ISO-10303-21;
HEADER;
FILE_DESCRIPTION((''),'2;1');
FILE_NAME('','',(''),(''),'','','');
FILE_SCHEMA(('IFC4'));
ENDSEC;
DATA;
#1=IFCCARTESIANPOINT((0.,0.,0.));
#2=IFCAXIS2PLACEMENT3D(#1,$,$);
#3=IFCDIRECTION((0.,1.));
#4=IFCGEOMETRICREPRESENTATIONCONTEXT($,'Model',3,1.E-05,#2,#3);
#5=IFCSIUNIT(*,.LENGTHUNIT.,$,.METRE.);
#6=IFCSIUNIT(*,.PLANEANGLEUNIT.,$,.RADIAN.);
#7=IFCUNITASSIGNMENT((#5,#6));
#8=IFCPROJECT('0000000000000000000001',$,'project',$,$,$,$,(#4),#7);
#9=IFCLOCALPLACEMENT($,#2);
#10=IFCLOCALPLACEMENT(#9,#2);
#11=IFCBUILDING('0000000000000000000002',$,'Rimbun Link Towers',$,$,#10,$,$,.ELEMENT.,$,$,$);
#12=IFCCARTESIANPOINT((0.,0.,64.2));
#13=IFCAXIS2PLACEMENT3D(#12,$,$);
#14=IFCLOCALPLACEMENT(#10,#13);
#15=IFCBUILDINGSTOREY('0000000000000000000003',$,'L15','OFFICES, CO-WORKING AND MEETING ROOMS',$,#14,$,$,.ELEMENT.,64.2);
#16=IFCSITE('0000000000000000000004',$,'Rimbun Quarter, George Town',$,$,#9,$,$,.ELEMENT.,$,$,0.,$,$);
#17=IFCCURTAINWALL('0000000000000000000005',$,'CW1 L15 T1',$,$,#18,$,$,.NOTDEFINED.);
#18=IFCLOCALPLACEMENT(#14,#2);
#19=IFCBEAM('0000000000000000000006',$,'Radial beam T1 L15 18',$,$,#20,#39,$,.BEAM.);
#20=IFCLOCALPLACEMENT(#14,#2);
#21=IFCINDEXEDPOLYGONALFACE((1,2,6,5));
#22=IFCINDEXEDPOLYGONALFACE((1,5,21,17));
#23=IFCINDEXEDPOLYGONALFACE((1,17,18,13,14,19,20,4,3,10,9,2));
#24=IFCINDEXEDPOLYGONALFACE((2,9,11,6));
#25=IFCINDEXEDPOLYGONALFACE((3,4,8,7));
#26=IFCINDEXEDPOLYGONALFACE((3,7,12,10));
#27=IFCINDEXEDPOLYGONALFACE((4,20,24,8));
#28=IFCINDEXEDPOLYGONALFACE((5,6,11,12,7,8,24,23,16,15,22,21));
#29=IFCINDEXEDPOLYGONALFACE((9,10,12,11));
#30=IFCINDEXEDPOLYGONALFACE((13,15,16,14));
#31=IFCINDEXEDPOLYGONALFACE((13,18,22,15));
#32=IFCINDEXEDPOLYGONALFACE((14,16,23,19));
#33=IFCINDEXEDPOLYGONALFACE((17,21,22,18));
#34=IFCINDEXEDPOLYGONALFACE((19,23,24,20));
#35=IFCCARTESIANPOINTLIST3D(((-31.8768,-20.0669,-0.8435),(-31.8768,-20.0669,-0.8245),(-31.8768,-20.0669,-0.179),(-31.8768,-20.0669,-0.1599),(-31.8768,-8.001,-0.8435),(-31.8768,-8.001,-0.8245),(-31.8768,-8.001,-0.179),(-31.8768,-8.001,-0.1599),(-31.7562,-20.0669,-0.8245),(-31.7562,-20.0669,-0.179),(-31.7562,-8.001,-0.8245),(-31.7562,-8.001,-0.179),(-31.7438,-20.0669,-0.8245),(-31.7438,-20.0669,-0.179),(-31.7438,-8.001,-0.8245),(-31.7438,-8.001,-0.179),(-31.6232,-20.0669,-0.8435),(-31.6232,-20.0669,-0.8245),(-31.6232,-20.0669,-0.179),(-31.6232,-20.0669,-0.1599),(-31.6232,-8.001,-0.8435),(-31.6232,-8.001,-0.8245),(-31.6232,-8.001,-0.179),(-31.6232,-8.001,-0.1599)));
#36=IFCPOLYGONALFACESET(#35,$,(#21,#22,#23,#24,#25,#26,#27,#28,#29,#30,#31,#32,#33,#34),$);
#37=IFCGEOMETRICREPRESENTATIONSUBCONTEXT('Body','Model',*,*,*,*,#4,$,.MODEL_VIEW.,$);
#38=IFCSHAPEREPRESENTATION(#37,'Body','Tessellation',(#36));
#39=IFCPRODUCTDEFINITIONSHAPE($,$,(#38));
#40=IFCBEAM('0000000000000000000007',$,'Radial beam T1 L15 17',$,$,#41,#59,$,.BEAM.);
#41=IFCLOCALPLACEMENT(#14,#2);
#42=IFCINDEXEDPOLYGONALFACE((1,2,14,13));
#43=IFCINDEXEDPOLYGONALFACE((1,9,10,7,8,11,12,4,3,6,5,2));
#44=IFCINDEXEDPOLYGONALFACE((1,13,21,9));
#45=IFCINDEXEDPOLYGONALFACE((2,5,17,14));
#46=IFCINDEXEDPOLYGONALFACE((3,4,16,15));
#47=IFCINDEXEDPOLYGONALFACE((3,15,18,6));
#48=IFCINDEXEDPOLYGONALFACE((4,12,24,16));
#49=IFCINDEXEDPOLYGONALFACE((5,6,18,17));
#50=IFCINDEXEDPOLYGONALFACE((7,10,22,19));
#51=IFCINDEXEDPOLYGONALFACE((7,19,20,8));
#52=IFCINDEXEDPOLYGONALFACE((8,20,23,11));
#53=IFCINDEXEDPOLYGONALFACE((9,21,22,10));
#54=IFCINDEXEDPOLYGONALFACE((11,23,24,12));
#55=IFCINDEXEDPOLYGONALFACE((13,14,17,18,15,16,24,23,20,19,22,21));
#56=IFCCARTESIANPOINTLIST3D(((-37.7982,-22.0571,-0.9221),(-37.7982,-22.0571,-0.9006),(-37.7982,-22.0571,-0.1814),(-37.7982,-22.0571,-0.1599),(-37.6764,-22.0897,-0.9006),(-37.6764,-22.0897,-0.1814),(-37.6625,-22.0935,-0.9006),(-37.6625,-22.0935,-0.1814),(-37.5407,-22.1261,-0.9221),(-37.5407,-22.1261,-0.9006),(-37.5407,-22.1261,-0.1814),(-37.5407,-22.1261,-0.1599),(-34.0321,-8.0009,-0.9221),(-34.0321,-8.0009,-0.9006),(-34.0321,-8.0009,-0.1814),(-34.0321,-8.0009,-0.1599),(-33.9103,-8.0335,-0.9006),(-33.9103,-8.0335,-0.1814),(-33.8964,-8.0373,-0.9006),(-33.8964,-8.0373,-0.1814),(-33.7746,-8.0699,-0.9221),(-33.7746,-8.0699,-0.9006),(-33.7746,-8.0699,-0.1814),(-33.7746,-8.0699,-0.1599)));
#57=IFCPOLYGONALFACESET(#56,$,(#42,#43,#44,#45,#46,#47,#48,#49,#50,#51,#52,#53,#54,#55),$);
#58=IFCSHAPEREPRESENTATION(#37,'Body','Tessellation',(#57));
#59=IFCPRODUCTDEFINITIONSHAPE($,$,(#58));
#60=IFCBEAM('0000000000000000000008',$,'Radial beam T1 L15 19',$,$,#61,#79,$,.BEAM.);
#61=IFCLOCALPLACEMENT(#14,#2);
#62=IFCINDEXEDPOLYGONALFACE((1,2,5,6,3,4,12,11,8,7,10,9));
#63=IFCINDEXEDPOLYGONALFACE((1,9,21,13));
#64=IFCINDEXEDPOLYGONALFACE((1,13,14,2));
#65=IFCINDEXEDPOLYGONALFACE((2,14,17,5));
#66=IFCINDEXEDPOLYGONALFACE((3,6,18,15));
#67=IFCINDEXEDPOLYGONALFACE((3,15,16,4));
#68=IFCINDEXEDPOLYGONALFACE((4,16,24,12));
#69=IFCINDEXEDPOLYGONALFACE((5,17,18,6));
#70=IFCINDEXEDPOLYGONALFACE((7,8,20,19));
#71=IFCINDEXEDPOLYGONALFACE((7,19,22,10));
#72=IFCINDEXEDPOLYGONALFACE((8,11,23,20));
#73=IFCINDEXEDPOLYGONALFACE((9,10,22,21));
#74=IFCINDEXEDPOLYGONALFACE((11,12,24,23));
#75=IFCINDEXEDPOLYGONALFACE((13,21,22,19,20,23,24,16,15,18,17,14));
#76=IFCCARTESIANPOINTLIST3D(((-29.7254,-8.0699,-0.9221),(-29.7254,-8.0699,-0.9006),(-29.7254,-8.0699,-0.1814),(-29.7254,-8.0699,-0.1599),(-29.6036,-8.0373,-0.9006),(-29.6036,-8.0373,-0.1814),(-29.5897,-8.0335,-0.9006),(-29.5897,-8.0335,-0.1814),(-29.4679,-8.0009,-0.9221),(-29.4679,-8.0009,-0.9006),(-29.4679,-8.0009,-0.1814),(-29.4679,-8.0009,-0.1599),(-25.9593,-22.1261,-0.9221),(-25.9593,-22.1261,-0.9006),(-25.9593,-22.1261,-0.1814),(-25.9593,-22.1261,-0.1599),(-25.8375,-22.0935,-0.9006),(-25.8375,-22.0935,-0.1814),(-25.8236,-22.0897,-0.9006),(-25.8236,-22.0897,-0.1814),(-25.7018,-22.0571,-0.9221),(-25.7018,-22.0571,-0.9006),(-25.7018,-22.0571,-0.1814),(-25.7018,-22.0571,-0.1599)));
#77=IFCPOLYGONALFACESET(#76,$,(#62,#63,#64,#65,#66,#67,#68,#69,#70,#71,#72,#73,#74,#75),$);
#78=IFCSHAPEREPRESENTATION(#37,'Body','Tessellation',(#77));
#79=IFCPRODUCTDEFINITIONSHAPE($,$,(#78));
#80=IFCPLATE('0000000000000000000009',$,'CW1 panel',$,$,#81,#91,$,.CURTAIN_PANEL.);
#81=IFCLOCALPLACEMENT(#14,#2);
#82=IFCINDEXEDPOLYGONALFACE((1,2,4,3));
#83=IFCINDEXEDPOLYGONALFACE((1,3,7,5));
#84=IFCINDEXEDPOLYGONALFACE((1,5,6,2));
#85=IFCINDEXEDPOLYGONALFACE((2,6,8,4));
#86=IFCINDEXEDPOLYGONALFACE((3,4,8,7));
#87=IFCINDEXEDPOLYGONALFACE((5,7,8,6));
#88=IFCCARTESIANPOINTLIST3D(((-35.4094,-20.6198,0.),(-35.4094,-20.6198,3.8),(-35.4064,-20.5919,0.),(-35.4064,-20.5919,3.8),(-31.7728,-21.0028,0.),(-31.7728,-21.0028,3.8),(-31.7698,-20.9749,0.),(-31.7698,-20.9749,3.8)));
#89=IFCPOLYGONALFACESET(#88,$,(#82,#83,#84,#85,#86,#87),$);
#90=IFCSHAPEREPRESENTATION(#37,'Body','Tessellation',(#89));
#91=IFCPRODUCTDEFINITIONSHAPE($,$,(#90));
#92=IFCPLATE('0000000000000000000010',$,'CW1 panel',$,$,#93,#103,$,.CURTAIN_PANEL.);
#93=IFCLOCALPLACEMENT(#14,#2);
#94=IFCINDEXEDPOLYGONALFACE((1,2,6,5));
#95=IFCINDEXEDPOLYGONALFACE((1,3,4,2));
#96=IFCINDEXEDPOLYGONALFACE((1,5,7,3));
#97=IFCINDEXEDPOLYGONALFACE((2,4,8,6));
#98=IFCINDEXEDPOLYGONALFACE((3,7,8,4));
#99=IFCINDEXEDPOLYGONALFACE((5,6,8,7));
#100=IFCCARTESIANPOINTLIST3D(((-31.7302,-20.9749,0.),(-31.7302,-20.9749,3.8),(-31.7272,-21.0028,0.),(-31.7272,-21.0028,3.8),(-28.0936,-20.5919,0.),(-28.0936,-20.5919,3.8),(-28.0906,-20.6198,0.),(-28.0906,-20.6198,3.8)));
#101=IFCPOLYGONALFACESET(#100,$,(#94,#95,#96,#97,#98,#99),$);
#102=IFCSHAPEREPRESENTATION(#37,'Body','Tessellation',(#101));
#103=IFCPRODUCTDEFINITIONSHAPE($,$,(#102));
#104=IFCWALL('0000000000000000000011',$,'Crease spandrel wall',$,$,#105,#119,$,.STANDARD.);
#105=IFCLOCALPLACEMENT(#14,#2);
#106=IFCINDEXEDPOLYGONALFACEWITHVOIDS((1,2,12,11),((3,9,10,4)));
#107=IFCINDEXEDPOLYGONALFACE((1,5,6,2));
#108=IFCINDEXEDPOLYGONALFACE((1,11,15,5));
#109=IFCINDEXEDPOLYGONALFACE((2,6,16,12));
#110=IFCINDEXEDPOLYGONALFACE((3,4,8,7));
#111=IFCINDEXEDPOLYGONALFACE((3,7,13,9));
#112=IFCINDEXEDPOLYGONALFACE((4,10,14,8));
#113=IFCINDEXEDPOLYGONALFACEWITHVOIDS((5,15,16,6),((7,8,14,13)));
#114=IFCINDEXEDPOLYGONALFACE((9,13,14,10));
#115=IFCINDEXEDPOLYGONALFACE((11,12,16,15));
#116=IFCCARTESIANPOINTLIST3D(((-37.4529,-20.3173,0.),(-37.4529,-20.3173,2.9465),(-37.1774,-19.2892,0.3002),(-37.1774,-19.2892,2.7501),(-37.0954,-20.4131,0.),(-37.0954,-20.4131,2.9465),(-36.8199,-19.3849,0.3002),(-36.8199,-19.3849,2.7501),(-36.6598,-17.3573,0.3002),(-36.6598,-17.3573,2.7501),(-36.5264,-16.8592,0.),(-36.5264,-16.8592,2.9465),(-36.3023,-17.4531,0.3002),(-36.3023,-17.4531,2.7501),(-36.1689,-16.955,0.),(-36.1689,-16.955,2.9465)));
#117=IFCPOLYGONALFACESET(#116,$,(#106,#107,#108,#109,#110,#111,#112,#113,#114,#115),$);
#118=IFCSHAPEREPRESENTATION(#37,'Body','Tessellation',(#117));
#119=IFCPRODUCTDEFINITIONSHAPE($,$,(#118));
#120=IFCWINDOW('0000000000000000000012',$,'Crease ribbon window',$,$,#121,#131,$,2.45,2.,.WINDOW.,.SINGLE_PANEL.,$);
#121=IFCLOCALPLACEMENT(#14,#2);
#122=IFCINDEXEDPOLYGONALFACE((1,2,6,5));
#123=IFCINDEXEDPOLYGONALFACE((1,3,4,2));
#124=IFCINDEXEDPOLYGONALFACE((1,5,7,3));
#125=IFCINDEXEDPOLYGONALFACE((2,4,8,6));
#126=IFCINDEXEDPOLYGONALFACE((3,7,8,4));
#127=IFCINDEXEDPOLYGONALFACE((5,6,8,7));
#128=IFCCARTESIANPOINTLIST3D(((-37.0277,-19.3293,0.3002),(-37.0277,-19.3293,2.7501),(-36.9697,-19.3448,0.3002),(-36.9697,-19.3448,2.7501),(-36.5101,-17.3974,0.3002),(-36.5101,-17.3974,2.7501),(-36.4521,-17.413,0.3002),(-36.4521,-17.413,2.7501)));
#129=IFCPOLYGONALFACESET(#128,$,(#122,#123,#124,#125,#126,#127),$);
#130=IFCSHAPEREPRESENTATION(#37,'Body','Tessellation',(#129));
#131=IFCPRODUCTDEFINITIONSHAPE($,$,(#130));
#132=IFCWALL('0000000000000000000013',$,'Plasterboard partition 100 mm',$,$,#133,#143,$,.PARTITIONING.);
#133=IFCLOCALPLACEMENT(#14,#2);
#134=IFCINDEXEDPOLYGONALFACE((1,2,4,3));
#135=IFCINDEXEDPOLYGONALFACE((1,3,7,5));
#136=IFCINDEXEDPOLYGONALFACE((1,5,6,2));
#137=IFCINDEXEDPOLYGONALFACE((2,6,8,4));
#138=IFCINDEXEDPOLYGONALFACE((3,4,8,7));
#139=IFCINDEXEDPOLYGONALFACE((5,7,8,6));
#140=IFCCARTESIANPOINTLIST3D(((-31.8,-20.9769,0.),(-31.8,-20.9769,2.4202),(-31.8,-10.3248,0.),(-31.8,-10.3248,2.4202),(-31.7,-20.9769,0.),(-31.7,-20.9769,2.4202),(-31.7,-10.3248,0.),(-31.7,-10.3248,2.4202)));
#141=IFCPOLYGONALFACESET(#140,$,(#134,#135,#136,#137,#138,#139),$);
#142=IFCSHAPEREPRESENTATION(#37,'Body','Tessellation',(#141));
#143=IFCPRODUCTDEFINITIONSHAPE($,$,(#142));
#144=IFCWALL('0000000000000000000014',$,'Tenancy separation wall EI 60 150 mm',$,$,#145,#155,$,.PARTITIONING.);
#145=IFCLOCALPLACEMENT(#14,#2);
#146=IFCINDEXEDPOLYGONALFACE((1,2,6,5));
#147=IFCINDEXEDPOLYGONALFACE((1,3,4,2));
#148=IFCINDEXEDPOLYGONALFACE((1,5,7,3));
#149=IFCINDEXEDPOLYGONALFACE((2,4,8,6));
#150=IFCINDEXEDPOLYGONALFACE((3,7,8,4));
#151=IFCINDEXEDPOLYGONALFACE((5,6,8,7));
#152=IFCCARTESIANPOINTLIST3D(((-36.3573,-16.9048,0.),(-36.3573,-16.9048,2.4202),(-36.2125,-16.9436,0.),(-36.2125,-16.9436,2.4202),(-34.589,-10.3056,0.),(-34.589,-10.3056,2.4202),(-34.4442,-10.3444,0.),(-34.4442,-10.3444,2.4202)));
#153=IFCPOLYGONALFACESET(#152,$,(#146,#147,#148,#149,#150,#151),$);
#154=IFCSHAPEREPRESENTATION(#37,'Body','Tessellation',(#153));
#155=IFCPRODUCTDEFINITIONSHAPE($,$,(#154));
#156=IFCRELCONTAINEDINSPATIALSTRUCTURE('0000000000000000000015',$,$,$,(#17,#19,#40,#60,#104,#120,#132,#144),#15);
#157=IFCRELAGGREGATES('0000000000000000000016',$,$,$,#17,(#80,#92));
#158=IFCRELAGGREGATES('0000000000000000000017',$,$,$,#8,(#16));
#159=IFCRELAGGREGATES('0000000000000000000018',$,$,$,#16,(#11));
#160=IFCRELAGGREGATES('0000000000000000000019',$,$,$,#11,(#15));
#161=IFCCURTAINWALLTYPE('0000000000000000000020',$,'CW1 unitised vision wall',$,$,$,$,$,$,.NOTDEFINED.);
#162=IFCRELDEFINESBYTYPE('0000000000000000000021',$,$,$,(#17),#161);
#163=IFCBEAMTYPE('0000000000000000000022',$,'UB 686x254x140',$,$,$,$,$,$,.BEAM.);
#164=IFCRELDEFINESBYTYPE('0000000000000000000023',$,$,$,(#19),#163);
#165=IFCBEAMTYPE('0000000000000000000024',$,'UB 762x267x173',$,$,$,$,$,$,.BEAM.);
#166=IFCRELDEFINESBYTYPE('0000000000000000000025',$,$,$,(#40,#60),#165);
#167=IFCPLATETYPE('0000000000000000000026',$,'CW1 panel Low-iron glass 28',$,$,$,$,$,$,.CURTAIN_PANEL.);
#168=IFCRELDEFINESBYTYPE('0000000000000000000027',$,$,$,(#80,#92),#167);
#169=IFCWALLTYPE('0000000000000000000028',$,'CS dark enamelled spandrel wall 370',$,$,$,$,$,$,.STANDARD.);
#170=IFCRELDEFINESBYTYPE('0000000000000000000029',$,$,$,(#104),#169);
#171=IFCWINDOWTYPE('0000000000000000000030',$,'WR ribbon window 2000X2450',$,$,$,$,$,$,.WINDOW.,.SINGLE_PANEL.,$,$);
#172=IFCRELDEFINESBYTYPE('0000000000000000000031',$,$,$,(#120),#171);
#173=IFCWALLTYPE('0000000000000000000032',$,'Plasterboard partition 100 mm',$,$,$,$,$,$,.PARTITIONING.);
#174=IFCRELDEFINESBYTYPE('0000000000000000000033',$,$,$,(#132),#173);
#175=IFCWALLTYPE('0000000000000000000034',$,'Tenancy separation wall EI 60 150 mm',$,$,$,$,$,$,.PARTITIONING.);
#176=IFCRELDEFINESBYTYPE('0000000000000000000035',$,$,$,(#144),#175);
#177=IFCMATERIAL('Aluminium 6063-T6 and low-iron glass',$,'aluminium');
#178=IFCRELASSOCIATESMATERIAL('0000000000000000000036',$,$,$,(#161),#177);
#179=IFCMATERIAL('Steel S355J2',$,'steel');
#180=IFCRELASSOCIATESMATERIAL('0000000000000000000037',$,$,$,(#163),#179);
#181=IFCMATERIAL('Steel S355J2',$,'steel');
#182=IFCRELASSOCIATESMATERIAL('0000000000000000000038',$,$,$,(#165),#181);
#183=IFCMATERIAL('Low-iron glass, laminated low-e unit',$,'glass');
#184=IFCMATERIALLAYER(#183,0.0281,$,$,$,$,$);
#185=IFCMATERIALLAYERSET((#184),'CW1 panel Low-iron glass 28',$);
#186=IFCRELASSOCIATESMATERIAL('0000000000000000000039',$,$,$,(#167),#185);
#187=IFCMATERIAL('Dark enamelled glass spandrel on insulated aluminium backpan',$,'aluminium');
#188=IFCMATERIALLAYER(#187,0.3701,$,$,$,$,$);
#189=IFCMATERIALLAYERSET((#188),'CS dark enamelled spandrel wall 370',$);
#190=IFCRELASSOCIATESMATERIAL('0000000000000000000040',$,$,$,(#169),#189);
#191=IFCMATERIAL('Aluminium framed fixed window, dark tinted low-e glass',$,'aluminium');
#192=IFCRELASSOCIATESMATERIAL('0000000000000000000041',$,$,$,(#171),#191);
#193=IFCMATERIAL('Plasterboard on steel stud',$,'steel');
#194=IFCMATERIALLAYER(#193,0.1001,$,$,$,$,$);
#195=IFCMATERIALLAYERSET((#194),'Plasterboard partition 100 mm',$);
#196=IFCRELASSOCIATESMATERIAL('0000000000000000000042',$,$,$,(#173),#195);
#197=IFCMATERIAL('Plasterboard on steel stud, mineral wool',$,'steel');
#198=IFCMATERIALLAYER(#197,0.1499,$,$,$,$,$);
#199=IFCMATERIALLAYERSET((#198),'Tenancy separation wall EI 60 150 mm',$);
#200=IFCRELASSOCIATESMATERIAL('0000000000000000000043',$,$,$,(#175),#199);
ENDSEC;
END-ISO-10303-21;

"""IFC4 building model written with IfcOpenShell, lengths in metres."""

from ifc_helpers import new_model, si_unit, direction, frame, frame_2d, origin, origin_2d, place, context, subcontext, project, spatial, rectangle, i_section, extrude, material, layer, layer_set, material_profile, profile_set, type_object, element, fill, aggregate, save


model = new_model("IFC4")

# Units and contexts
model_context = context("Model", 3, precision=1e-05, world=origin(), true_north=direction((0.0, 1.0)))
body_context = subcontext(model_context, "Body", "Model", "MODEL_VIEW")
ifc_project = project(units=[si_unit("LENGTHUNIT", "METRE"), si_unit("PLANEANGLEUNIT", "RADIAN")], contexts=[model_context])

# Site, building, storey
site_placement = place(None, origin())
site = spatial("IfcSite", under=ifc_project, at=site_placement, Name="Rimbun Quarter, George Town", CompositionType="ELEMENT", RefElevation=0.0)
building_placement = place(site_placement, origin())
building = spatial("IfcBuilding", under=site, at=building_placement, Name="Rimbun Link Towers", CompositionType="ELEMENT")
storey_placement = place(building_placement, frame((0.0, 0.0, 64.2)))
storey = spatial("IfcBuildingStorey", under=building, at=storey_placement, Name="L15", Description="OFFICES, CO-WORKING AND MEETING ROOMS", CompositionType="ELEMENT", Elevation=64.2)

# Curtain wall
ifc_material_1 = material(Name="Aluminium 6063-T6 and low-iron glass", Category="aluminium")
curtain_wall_type = type_object("IfcCurtainWallType", Name="CW1 unitised vision wall", PredefinedType="NOTDEFINED", material=ifc_material_1)
curtain_wall_placement = place(storey_placement, origin())
curtain_wall = element("IfcCurtainWall", 1, at=curtain_wall_placement, inside=storey, type_object=curtain_wall_type, Name="CW1 L15 T1", PredefinedType="NOTDEFINED")

# Beams
ifc_material_2 = material(Name="Steel S355J2", Category="steel")
ifc_material_profile_1 = material_profile(ifc_material_2, i_section(OverallWidth=0.2537, OverallDepth=0.6836, WebThickness=0.0125, FlangeThickness=0.019, at=origin_2d()), Name="UB 686x254x140")
ifc_profile_set_1 = profile_set([ifc_material_profile_1], Name="Steel S355J2")
beam_type_1 = type_object("IfcBeamType", Name="UB 686x254x140", PredefinedType="BEAM", material=ifc_profile_set_1)
beam_1_placement = place(storey_placement, frame((-31.75, -8.001, -0.5017), z_axis=(0.0, -1.0, 0.0), x_axis=(1.0, 0.0, 0.0)))
element("IfcBeam", 2, at=beam_1_placement, inside=storey, type_object=beam_type_1, Name="Radial beam T1 L15 18", PredefinedType="BEAM", context=body_context, shape_type="SweptSolid", body=[
    extrude(i_section(OverallWidth=0.2537, OverallDepth=0.6836, WebThickness=0.0125, FlangeThickness=0.019, at=origin_2d()), origin(), (0.0, 0.0, 1.0), 12.0659),
])
ifc_material_3 = material(Name="Steel S355J2", Category="steel")
ifc_material_profile_2 = material_profile(ifc_material_3, i_section(OverallWidth=0.2666, OverallDepth=0.7622, WebThickness=0.0144, FlangeThickness=0.0215, at=origin_2d()), Name="UB 762x267x173")
ifc_profile_set_2 = profile_set([ifc_material_profile_2], Name="Steel S355J2")
beam_type_2 = type_object("IfcBeamType", Name="UB 762x267x173", PredefinedType="BEAM", material=ifc_profile_set_2)
for number, where, z_axis, x_axis, name in (
    (3, (-33.9033, -8.0354, -0.541), (-0.258805, -0.96593, 0.0), (0.96593, -0.258805, 0.0), "Radial beam T1 L15 17"),
    (4, (-29.5967, -8.0354, -0.541), (0.258805, -0.96593, 0.0), (0.96593, 0.258805, 0.0), "Radial beam T1 L15 19"),
):
    element("IfcBeam", number, at=place(storey_placement, frame(where, z_axis=z_axis, x_axis=x_axis)), inside=storey, type_object=beam_type_2, Name=name, PredefinedType="BEAM", context=body_context, shape_type="SweptSolid", body=[
        extrude(i_section(OverallWidth=0.2666, OverallDepth=0.7622, WebThickness=0.0144, FlangeThickness=0.0215, at=origin_2d()), origin(), (0.0, 0.0, 1.0), 14.552),
    ])

# Plates
ifc_material_4 = material(Name="Low-iron glass, laminated low-e unit", Category="glass")
ifc_layer_1 = layer(ifc_material_4, 0.0281)
ifc_layer_set_1 = layer_set([ifc_layer_1], Name="CW1 panel Low-iron glass 28")
plate_type = type_object("IfcPlateType", Name="CW1 panel Low-iron glass 28", PredefinedType="CURTAIN_PANEL", material=ifc_layer_set_1)
plate_1_placement = place(storey_placement, frame((-33.5896, -20.7974, 0.0), z_axis=(0.0, 0.0, 1.0), x_axis=(-0.9945, 0.104735, 0.0)))
plate_1 = element("IfcPlate", 5, at=plate_1_placement, type_object=plate_type, Name="CW1 panel", PredefinedType="CURTAIN_PANEL", context=body_context, shape_type="SweptSolid", body=[
    extrude(rectangle(XDim=3.6567, YDim=0.0281, at=origin_2d()), origin(), (0.0, 0.0, 1.0), 3.8),
])
plate_2_placement = place(storey_placement, frame((-29.9104, -20.7974, 0.0), z_axis=(0.0, 0.0, 1.0), x_axis=(-0.9945, -0.104735, 0.0)))
plate_2 = element("IfcPlate", 6, at=plate_2_placement, type_object=plate_type, Name="CW1 panel", PredefinedType="CURTAIN_PANEL", context=body_context, shape_type="SweptSolid", body=[
    extrude(rectangle(XDim=3.6567, YDim=0.0281, at=origin_2d()), origin(), (0.0, 0.0, 1.0), 3.8),
])
aggregate(curtain_wall, [plate_1, plate_2])

# Wall, opening, window
ifc_material_5 = material(Name="Dark enamelled glass spandrel on insulated aluminium backpan", Category="aluminium")
ifc_layer_2 = layer(ifc_material_5, 0.3701)
ifc_layer_set_2 = layer_set([ifc_layer_2], Name="CS dark enamelled spandrel wall 370")
wall_type_1 = type_object("IfcWallType", Name="CS dark enamelled spandrel wall 370", PredefinedType="STANDARD", material=ifc_layer_set_2)
wall_1_placement = place(storey_placement, frame((-37.2742, -20.3652, 0.0), z_axis=(0.0, 0.0, 1.0), x_axis=(0.258804, 0.96593, 0.0)))
wall_1 = element("IfcWall", 7, at=wall_1_placement, inside=storey, type_object=wall_type_1, Name="Crease spandrel wall", PredefinedType="STANDARD", context=body_context, shape_type="SweptSolid", body=[
    extrude(rectangle(XDim=3.5801, YDim=0.3701, at=frame_2d((1.79, 0.0))), origin(), (0.0, 0.0, 1.0), 2.9465),
])
opening_1_placement = place(wall_1_placement, frame((1.0645, 0.0, 0.3)))
opening_1 = element("IfcOpeningElement", 8, at=opening_1_placement, cuts=wall_1, PredefinedType="OPENING", context=body_context, shape_type="SweptSolid", body=[
    extrude(rectangle(XDim=2.0, YDim=2.45, at=frame_2d((1.0, 1.2251))), frame((0.0, 0.1951, 0.0), z_axis=(0.0, -1.0, 0.0), x_axis=(1.0, 0.0, 0.0)), (0.0, 0.0, 1.0), 0.3901),
])
ifc_material_6 = material(Name="Aluminium framed fixed window, dark tinted low-e glass", Category="aluminium")
window_type_1 = type_object("IfcWindowType", Name="WR ribbon window 2000X2450", PartitioningType="SINGLE_PANEL", PredefinedType="WINDOW", material=ifc_material_6)
window_1_placement = place(opening_1_placement, origin())
window_1 = element("IfcWindow", 9, at=window_1_placement, inside=storey, type_object=window_type_1, Name="Crease ribbon window", OverallHeight=2.45, OverallWidth=2.0, PartitioningType="SINGLE_PANEL", PredefinedType="WINDOW", context=body_context, shape_type="SweptSolid", body=[
    extrude(rectangle(XDim=2.0, YDim=2.45, at=frame_2d((1.0, 1.2251))), frame((0.0, 0.03, 0.0), z_axis=(0.0, -1.0, 0.0), x_axis=(1.0, 0.0, 0.0)), (0.0, 0.0, 1.0), 0.0601),
])
fill(opening_1, window_1)

# Walls
ifc_material_7 = material(Name="Plasterboard on steel stud", Category="steel")
ifc_layer_3 = layer(ifc_material_7, 0.1001)
ifc_layer_set_3 = layer_set([ifc_layer_3], Name="Plasterboard partition 100 mm")
wall_type_2 = type_object("IfcWallType", Name="Plasterboard partition 100 mm", PredefinedType="PARTITIONING", material=ifc_layer_set_3)
wall_2_placement = place(storey_placement, frame((-31.75, -20.9771, 0.0), z_axis=(0.0, 0.0, 1.0), x_axis=(0.0, 1.0, 0.0)))
element("IfcWall", 10, at=wall_2_placement, inside=storey, type_object=wall_type_2, Name="Plasterboard partition 100 mm", PredefinedType="PARTITIONING", context=body_context, shape_type="SweptSolid", body=[
    extrude(rectangle(XDim=10.6521, YDim=0.1001, at=frame_2d((5.3262, 0.0))), origin(), (0.0, 0.0, 1.0), 2.4202),
])
ifc_material_8 = material(Name="Plasterboard on steel stud, mineral wool", Category="steel")
ifc_layer_4 = layer(ifc_material_8, 0.1499)
ifc_layer_set_4 = layer_set([ifc_layer_4], Name="Tenancy separation wall EI 60 150 mm")
wall_type_3 = type_object("IfcWallType", Name="Tenancy separation wall EI 60 150 mm", PredefinedType="PARTITIONING", material=ifc_layer_set_4)
wall_3_placement = place(storey_placement, frame((-34.5166, -10.325, 0.0), z_axis=(0.0, 0.0, 1.0), x_axis=(-0.25883, -0.965923, 0.0)))
element("IfcWall", 11, at=wall_3_placement, inside=storey, type_object=wall_type_3, Name="Tenancy separation wall EI 60 150 mm", PredefinedType="PARTITIONING", context=body_context, shape_type="SweptSolid", body=[
    extrude(rectangle(XDim=6.832, YDim=0.1499, at=frame_2d((3.416, 0.0))), origin(), (0.0, 0.0, 1.0), 2.4202),
])

save(model, "model.ifc")
